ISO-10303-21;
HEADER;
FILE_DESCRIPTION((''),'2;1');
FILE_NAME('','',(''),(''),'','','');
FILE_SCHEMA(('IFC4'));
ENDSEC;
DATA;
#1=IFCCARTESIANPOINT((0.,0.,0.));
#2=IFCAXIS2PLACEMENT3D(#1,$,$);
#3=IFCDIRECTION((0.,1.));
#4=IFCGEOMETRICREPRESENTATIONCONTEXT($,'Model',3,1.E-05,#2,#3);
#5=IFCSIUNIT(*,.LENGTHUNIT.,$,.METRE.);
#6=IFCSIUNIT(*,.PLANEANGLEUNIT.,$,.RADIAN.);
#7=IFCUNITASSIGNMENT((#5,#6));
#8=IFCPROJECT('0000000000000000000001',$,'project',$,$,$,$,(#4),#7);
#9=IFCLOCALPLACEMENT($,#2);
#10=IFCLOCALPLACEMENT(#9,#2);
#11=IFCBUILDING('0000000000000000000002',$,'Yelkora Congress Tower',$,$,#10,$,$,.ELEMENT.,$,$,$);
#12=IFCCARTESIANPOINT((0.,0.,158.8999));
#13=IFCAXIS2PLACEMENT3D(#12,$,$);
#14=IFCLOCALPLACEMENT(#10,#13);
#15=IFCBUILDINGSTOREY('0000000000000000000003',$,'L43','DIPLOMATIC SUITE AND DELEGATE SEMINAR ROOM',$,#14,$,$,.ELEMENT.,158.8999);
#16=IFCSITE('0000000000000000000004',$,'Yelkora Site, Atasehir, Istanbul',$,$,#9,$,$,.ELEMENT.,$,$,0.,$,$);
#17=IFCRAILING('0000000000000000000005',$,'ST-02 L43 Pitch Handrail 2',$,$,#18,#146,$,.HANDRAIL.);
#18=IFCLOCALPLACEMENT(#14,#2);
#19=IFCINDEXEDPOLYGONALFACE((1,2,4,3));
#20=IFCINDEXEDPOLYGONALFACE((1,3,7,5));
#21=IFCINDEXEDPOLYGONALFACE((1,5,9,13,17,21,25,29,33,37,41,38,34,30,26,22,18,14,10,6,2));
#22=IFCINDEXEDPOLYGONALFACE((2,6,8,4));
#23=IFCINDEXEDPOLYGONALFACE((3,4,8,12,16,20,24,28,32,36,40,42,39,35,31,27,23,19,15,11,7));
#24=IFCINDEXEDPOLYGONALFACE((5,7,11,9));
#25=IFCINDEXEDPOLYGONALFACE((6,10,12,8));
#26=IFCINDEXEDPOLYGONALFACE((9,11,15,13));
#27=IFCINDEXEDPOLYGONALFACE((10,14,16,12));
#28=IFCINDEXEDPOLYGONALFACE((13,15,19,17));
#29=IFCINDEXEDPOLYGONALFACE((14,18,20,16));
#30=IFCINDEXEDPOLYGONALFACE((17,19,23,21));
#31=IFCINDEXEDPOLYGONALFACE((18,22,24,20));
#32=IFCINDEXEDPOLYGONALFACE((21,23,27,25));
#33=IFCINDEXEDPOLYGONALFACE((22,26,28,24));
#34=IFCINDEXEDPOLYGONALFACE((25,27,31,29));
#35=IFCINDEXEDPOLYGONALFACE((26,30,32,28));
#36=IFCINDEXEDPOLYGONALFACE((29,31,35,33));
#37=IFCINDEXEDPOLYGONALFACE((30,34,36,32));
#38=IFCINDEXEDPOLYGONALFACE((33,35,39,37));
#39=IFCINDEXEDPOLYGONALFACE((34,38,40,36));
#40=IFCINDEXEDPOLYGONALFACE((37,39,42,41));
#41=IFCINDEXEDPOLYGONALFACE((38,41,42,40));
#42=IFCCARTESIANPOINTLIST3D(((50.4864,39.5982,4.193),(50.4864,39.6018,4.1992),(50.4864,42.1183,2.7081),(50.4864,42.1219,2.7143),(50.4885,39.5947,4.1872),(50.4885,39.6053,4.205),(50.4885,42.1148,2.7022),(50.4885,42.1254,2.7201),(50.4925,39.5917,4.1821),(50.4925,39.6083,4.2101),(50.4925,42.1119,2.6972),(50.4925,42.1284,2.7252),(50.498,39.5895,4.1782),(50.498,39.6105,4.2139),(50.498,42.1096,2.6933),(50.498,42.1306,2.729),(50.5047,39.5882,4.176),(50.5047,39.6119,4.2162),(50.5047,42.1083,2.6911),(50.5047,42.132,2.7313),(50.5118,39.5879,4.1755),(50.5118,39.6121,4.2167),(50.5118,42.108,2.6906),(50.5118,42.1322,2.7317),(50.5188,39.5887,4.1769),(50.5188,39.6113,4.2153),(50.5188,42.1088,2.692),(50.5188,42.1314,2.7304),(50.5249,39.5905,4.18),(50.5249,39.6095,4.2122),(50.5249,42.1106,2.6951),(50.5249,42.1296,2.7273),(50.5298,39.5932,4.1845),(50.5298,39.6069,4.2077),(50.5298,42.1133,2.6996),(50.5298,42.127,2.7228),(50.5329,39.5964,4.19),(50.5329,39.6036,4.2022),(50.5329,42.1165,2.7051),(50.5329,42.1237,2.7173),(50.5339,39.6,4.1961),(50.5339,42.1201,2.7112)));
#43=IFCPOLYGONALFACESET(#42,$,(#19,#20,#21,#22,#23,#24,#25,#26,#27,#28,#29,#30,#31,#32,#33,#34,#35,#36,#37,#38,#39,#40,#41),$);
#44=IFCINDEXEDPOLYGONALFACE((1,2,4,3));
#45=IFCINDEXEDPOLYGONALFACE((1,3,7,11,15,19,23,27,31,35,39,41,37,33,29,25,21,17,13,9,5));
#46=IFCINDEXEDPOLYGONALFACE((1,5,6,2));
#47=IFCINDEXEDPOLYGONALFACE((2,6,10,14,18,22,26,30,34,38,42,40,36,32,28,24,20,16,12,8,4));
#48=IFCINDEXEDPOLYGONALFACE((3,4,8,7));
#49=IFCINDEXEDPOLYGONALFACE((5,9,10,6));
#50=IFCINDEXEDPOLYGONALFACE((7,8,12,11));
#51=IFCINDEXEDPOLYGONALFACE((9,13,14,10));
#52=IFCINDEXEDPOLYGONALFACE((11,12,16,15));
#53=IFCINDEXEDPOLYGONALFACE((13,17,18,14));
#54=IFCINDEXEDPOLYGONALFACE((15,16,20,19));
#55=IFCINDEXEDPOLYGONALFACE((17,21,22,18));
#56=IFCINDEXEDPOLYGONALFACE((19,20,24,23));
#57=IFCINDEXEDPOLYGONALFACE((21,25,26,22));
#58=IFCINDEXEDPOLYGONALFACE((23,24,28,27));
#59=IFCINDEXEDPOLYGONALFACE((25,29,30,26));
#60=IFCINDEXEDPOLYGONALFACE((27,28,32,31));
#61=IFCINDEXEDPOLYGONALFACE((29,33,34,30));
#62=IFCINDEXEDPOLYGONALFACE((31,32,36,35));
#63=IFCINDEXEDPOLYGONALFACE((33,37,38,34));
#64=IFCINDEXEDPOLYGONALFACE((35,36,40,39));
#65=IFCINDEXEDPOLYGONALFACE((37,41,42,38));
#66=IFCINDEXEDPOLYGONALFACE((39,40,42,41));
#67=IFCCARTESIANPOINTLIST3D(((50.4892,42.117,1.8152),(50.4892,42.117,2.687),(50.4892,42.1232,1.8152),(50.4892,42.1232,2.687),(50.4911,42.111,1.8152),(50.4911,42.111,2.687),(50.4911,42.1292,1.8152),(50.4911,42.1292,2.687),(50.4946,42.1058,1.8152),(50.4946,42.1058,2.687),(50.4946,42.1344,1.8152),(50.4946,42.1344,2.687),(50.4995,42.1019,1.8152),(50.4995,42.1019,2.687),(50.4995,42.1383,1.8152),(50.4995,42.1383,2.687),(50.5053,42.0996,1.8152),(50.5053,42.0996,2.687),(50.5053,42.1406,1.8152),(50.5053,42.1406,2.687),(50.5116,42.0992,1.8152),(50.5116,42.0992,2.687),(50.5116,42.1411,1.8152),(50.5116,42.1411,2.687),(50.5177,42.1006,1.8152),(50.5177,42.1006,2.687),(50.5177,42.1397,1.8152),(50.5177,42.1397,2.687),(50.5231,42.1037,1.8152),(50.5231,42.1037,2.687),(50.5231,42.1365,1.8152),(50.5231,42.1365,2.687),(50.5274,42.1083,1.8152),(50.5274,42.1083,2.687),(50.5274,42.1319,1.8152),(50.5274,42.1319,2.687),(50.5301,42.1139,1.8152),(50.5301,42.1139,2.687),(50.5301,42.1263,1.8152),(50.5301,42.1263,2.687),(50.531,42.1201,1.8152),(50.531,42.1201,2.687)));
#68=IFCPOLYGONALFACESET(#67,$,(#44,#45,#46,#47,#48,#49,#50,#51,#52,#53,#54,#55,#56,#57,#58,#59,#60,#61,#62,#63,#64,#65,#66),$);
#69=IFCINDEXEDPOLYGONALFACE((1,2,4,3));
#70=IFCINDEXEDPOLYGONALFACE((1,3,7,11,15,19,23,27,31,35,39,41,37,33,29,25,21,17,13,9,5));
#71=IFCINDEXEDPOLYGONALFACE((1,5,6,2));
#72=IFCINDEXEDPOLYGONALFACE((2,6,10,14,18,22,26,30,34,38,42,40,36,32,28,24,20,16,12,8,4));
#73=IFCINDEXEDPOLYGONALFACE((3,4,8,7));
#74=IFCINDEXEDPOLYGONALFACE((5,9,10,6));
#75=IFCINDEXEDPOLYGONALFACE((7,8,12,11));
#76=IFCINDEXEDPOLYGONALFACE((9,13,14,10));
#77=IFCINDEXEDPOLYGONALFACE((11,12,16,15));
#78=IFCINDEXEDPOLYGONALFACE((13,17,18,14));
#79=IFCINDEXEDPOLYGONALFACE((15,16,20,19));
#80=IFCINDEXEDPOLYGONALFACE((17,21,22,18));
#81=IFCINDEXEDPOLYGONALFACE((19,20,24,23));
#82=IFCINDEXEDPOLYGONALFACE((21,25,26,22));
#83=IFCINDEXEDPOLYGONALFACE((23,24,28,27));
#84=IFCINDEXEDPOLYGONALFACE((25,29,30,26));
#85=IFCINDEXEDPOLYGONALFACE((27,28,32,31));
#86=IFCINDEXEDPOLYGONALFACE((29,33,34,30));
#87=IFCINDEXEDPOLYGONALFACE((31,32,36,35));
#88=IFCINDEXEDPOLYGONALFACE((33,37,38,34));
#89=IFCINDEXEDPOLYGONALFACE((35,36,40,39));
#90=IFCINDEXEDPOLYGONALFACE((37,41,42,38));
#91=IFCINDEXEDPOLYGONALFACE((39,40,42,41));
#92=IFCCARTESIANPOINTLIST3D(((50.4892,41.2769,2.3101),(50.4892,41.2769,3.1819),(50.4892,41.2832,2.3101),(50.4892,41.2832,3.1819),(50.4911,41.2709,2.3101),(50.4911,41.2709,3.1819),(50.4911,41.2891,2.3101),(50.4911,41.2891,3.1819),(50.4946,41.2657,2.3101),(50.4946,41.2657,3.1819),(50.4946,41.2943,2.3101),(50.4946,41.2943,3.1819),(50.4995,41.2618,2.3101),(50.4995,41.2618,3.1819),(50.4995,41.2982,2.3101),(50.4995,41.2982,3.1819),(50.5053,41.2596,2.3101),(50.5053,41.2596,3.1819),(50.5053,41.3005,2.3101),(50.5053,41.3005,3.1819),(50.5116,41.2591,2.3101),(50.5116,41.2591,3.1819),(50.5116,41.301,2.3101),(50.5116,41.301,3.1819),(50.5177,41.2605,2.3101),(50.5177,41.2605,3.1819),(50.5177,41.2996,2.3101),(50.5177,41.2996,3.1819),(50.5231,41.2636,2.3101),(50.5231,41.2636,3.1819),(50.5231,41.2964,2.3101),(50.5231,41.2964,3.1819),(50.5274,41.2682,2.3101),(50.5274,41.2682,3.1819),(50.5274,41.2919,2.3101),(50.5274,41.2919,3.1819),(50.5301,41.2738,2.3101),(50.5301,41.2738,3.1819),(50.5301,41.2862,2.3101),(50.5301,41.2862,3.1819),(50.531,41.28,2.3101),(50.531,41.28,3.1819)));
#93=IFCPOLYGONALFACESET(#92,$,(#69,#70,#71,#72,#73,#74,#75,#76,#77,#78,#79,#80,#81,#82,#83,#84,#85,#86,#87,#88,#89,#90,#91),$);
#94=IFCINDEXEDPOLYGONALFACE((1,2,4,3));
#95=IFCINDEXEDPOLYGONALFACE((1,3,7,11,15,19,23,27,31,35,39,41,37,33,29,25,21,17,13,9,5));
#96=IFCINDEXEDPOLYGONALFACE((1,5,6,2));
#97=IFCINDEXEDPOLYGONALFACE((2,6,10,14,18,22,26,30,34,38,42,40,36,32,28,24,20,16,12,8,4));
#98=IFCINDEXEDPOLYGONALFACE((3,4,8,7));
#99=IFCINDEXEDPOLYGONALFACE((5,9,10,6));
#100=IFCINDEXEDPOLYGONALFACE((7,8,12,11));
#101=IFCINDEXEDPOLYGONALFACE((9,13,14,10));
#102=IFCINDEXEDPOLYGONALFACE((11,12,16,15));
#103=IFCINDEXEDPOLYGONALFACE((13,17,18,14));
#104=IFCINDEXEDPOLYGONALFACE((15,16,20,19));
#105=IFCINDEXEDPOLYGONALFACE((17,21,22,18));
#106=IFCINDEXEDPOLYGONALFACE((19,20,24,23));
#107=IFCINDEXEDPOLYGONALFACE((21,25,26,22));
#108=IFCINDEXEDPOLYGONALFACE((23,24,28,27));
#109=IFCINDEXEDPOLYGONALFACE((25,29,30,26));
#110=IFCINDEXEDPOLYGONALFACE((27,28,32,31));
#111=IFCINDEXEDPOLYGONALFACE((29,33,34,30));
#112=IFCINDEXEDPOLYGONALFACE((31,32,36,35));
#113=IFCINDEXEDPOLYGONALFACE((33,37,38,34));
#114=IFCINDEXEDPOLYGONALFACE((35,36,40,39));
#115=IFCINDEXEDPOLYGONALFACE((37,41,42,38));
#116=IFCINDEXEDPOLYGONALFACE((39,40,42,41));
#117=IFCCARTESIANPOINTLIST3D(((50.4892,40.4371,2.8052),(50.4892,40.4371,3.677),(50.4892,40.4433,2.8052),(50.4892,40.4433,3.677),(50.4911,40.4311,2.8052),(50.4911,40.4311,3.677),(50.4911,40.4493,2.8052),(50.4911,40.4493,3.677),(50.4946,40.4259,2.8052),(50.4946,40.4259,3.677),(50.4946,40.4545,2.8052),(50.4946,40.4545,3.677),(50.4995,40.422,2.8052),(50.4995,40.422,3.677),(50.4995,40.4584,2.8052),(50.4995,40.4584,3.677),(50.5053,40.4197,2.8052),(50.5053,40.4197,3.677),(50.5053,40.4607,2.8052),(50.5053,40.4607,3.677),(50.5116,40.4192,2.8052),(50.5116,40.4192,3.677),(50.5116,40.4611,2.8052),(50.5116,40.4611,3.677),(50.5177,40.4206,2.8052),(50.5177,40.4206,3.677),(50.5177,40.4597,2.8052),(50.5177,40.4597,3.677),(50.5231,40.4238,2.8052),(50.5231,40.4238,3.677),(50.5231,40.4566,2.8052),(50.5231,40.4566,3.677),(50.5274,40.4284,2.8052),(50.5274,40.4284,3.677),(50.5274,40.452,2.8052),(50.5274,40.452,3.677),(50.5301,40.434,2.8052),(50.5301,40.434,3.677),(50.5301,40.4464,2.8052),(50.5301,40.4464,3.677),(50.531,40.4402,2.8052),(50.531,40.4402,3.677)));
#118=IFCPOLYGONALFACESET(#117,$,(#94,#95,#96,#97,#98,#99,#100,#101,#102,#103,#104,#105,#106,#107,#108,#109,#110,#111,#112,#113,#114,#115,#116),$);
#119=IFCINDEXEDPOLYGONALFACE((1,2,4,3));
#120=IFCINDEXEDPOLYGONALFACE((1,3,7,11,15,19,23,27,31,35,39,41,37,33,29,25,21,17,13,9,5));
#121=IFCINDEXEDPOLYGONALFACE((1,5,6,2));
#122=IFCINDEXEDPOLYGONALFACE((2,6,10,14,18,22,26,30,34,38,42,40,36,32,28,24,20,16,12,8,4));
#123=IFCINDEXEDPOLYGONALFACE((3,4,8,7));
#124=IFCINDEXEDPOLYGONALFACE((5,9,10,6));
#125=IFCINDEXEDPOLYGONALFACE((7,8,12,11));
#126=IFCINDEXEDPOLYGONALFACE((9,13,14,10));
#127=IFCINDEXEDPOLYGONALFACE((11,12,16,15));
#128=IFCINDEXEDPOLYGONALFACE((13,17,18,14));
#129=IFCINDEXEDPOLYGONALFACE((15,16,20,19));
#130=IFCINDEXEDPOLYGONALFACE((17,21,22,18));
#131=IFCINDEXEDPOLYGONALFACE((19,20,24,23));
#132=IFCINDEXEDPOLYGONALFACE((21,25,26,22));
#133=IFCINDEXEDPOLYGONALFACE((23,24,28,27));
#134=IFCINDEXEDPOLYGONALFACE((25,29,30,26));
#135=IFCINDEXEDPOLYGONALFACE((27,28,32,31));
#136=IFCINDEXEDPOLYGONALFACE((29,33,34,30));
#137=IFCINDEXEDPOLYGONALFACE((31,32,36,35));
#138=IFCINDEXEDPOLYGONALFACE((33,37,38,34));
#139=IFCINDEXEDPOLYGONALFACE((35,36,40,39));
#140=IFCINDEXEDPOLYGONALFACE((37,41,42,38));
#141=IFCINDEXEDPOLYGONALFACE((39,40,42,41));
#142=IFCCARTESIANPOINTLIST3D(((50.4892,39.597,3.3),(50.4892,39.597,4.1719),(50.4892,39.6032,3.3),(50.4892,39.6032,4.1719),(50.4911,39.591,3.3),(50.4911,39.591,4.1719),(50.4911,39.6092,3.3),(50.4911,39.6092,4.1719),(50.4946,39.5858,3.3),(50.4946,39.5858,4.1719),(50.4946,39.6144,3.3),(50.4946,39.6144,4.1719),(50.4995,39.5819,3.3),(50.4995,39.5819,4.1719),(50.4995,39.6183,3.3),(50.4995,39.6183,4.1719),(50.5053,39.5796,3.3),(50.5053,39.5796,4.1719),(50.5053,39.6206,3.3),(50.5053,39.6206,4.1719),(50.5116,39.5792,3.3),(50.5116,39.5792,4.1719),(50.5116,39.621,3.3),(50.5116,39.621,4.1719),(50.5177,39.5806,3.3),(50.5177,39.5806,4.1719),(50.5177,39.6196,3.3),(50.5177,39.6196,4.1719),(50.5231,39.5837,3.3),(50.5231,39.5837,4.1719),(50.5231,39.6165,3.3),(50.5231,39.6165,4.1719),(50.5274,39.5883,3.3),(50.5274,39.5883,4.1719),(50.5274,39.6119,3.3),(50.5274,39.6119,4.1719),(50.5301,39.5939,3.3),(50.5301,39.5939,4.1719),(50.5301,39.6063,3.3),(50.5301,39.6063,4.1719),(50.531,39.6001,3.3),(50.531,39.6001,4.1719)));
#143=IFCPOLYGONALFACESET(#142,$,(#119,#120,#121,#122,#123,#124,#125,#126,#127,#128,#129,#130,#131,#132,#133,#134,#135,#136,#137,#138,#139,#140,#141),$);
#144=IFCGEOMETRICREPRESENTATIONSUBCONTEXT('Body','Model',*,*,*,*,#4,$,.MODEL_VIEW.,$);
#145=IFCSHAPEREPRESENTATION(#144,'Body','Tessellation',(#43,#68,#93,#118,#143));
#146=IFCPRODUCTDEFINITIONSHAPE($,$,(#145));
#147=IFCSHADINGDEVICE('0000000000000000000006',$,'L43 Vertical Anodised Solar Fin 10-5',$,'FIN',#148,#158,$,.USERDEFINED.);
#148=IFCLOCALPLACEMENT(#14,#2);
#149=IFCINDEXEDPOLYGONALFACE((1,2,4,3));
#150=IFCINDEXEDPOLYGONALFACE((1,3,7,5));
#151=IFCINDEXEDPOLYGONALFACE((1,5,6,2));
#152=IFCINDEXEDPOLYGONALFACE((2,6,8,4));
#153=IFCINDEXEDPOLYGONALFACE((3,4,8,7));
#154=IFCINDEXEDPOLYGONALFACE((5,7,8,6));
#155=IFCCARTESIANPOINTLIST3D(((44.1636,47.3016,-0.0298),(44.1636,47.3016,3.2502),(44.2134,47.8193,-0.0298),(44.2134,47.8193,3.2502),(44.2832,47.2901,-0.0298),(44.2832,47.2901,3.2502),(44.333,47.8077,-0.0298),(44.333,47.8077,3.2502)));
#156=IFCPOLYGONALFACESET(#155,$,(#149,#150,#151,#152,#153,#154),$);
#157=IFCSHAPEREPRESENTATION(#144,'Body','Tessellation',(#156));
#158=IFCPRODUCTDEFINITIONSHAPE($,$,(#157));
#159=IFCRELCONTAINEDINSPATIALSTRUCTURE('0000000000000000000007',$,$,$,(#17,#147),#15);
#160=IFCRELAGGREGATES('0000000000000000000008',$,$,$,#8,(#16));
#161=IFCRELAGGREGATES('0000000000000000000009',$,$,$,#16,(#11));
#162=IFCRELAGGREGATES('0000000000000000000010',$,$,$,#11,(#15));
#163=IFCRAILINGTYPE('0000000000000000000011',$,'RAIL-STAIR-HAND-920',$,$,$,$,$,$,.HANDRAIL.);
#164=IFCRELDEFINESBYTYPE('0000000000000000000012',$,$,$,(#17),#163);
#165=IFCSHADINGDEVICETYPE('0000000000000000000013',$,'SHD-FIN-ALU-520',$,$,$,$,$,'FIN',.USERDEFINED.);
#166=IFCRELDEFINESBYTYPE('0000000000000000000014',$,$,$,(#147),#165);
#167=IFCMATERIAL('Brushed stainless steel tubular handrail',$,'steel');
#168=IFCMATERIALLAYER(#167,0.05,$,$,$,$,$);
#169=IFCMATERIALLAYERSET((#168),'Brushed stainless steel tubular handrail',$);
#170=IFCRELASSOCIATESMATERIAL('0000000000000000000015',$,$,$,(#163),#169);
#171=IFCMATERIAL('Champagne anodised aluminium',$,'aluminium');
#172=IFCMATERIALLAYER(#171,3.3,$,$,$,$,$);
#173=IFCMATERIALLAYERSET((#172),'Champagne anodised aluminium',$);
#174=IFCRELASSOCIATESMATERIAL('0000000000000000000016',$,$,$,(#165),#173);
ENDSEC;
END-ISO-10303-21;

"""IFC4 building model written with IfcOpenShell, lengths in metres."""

from ifc_helpers import new_model, si_unit, direction, frame, origin, origin_2d, place, context, subcontext, project, spatial, rectangle, circle, extrude, material, layer, layer_set, type_object, element, save


model = new_model("IFC4")

# Units and contexts
model_context = context("Model", 3, precision=1e-05, world=origin(), true_north=direction((0.0, 1.0)))
body_context = subcontext(model_context, "Body", "Model", "MODEL_VIEW")
ifc_project = project(units=[si_unit("LENGTHUNIT", "METRE"), si_unit("PLANEANGLEUNIT", "RADIAN")], contexts=[model_context])

# Site, building, storey
site_placement = place(None, origin())
site = spatial("IfcSite", under=ifc_project, at=site_placement, Name="Yelkora Site, Atasehir, Istanbul", CompositionType="ELEMENT", RefElevation=0.0)
building_placement = place(site_placement, origin())
building = spatial("IfcBuilding", under=site, at=building_placement, Name="Yelkora Congress Tower", CompositionType="ELEMENT")
storey_placement = place(building_placement, frame((0.0, 0.0, 158.8999)))
storey = spatial("IfcBuildingStorey", under=building, at=storey_placement, Name="L43", Description="DIPLOMATIC SUITE AND DELEGATE SEMINAR ROOM", CompositionType="ELEMENT", Elevation=158.8999)

# Railing
ifc_material_1 = material(Name="Brushed stainless steel tubular handrail", Category="steel")
ifc_layer_1 = layer(ifc_material_1, 0.05)
ifc_layer_set_1 = layer_set([ifc_layer_1], Name="Brushed stainless steel tubular handrail")
railing_type_1 = type_object("IfcRailingType", Name="RAIL-STAIR-HAND-920", PredefinedType="HANDRAIL", material=ifc_layer_set_1)
railing_1_placement = place(storey_placement, frame((50.51, 42.1201, 1.8152)))
element("IfcRailing", 1, at=railing_1_placement, inside=storey, type_object=railing_type_1, Name="ST-02 L43 Pitch Handrail 2", PredefinedType="HANDRAIL", context=body_context, shape_type="SweptSolid", body=[
    extrude(circle(Radius=0.0239, at=origin_2d()), frame((0.0, 0.0, 0.896), z_axis=(0.0, -0.861561, 0.507655), x_axis=(1.0, 0.0, 0.0)), (0.0, 0.0, 1.0), 2.925),
    extrude(circle(Radius=0.021, at=origin_2d()), origin(), (0.0, 0.0, 1.0), 0.8718),
    extrude(circle(Radius=0.021, at=origin_2d()), frame((0.0, -0.8401, 0.4949)), (0.0, 0.0, 1.0), 0.8718),
    extrude(circle(Radius=0.021, at=origin_2d()), frame((0.0, -1.6799, 0.99)), (0.0, 0.0, 1.0), 0.8718),
    extrude(circle(Radius=0.021, at=origin_2d()), frame((0.0, -2.52, 1.4849)), (0.0, 0.0, 1.0), 0.8718),
])

# Shading device
ifc_material_2 = material(Name="Champagne anodised aluminium", Category="aluminium")
ifc_layer_2 = layer(ifc_material_2, 3.3)
ifc_layer_set_2 = layer_set([ifc_layer_2], Name="Champagne anodised aluminium")
shading_device_type = type_object("IfcShadingDeviceType", Name="SHD-FIN-ALU-520", ElementType="FIN", PredefinedType="USERDEFINED", material=ifc_layer_set_2)
shading_device_placement = place(storey_placement, frame((44.2483, 47.5547, -0.0298), z_axis=(0.0, 0.0, 1.0), x_axis=(0.995396, -0.095846, 0.0)))
element("IfcShadingDevice", 2, at=shading_device_placement, inside=storey, type_object=shading_device_type, Name="L43 Vertical Anodised Solar Fin 10-5", ObjectType="FIN", PredefinedType="USERDEFINED", context=body_context, shape_type="SweptSolid", body=[
    extrude(rectangle(XDim=0.1201, YDim=0.52, at=origin_2d()), origin(), (0.0, 0.0, 1.0), 3.28),
])

save(model, "model.ifc")
